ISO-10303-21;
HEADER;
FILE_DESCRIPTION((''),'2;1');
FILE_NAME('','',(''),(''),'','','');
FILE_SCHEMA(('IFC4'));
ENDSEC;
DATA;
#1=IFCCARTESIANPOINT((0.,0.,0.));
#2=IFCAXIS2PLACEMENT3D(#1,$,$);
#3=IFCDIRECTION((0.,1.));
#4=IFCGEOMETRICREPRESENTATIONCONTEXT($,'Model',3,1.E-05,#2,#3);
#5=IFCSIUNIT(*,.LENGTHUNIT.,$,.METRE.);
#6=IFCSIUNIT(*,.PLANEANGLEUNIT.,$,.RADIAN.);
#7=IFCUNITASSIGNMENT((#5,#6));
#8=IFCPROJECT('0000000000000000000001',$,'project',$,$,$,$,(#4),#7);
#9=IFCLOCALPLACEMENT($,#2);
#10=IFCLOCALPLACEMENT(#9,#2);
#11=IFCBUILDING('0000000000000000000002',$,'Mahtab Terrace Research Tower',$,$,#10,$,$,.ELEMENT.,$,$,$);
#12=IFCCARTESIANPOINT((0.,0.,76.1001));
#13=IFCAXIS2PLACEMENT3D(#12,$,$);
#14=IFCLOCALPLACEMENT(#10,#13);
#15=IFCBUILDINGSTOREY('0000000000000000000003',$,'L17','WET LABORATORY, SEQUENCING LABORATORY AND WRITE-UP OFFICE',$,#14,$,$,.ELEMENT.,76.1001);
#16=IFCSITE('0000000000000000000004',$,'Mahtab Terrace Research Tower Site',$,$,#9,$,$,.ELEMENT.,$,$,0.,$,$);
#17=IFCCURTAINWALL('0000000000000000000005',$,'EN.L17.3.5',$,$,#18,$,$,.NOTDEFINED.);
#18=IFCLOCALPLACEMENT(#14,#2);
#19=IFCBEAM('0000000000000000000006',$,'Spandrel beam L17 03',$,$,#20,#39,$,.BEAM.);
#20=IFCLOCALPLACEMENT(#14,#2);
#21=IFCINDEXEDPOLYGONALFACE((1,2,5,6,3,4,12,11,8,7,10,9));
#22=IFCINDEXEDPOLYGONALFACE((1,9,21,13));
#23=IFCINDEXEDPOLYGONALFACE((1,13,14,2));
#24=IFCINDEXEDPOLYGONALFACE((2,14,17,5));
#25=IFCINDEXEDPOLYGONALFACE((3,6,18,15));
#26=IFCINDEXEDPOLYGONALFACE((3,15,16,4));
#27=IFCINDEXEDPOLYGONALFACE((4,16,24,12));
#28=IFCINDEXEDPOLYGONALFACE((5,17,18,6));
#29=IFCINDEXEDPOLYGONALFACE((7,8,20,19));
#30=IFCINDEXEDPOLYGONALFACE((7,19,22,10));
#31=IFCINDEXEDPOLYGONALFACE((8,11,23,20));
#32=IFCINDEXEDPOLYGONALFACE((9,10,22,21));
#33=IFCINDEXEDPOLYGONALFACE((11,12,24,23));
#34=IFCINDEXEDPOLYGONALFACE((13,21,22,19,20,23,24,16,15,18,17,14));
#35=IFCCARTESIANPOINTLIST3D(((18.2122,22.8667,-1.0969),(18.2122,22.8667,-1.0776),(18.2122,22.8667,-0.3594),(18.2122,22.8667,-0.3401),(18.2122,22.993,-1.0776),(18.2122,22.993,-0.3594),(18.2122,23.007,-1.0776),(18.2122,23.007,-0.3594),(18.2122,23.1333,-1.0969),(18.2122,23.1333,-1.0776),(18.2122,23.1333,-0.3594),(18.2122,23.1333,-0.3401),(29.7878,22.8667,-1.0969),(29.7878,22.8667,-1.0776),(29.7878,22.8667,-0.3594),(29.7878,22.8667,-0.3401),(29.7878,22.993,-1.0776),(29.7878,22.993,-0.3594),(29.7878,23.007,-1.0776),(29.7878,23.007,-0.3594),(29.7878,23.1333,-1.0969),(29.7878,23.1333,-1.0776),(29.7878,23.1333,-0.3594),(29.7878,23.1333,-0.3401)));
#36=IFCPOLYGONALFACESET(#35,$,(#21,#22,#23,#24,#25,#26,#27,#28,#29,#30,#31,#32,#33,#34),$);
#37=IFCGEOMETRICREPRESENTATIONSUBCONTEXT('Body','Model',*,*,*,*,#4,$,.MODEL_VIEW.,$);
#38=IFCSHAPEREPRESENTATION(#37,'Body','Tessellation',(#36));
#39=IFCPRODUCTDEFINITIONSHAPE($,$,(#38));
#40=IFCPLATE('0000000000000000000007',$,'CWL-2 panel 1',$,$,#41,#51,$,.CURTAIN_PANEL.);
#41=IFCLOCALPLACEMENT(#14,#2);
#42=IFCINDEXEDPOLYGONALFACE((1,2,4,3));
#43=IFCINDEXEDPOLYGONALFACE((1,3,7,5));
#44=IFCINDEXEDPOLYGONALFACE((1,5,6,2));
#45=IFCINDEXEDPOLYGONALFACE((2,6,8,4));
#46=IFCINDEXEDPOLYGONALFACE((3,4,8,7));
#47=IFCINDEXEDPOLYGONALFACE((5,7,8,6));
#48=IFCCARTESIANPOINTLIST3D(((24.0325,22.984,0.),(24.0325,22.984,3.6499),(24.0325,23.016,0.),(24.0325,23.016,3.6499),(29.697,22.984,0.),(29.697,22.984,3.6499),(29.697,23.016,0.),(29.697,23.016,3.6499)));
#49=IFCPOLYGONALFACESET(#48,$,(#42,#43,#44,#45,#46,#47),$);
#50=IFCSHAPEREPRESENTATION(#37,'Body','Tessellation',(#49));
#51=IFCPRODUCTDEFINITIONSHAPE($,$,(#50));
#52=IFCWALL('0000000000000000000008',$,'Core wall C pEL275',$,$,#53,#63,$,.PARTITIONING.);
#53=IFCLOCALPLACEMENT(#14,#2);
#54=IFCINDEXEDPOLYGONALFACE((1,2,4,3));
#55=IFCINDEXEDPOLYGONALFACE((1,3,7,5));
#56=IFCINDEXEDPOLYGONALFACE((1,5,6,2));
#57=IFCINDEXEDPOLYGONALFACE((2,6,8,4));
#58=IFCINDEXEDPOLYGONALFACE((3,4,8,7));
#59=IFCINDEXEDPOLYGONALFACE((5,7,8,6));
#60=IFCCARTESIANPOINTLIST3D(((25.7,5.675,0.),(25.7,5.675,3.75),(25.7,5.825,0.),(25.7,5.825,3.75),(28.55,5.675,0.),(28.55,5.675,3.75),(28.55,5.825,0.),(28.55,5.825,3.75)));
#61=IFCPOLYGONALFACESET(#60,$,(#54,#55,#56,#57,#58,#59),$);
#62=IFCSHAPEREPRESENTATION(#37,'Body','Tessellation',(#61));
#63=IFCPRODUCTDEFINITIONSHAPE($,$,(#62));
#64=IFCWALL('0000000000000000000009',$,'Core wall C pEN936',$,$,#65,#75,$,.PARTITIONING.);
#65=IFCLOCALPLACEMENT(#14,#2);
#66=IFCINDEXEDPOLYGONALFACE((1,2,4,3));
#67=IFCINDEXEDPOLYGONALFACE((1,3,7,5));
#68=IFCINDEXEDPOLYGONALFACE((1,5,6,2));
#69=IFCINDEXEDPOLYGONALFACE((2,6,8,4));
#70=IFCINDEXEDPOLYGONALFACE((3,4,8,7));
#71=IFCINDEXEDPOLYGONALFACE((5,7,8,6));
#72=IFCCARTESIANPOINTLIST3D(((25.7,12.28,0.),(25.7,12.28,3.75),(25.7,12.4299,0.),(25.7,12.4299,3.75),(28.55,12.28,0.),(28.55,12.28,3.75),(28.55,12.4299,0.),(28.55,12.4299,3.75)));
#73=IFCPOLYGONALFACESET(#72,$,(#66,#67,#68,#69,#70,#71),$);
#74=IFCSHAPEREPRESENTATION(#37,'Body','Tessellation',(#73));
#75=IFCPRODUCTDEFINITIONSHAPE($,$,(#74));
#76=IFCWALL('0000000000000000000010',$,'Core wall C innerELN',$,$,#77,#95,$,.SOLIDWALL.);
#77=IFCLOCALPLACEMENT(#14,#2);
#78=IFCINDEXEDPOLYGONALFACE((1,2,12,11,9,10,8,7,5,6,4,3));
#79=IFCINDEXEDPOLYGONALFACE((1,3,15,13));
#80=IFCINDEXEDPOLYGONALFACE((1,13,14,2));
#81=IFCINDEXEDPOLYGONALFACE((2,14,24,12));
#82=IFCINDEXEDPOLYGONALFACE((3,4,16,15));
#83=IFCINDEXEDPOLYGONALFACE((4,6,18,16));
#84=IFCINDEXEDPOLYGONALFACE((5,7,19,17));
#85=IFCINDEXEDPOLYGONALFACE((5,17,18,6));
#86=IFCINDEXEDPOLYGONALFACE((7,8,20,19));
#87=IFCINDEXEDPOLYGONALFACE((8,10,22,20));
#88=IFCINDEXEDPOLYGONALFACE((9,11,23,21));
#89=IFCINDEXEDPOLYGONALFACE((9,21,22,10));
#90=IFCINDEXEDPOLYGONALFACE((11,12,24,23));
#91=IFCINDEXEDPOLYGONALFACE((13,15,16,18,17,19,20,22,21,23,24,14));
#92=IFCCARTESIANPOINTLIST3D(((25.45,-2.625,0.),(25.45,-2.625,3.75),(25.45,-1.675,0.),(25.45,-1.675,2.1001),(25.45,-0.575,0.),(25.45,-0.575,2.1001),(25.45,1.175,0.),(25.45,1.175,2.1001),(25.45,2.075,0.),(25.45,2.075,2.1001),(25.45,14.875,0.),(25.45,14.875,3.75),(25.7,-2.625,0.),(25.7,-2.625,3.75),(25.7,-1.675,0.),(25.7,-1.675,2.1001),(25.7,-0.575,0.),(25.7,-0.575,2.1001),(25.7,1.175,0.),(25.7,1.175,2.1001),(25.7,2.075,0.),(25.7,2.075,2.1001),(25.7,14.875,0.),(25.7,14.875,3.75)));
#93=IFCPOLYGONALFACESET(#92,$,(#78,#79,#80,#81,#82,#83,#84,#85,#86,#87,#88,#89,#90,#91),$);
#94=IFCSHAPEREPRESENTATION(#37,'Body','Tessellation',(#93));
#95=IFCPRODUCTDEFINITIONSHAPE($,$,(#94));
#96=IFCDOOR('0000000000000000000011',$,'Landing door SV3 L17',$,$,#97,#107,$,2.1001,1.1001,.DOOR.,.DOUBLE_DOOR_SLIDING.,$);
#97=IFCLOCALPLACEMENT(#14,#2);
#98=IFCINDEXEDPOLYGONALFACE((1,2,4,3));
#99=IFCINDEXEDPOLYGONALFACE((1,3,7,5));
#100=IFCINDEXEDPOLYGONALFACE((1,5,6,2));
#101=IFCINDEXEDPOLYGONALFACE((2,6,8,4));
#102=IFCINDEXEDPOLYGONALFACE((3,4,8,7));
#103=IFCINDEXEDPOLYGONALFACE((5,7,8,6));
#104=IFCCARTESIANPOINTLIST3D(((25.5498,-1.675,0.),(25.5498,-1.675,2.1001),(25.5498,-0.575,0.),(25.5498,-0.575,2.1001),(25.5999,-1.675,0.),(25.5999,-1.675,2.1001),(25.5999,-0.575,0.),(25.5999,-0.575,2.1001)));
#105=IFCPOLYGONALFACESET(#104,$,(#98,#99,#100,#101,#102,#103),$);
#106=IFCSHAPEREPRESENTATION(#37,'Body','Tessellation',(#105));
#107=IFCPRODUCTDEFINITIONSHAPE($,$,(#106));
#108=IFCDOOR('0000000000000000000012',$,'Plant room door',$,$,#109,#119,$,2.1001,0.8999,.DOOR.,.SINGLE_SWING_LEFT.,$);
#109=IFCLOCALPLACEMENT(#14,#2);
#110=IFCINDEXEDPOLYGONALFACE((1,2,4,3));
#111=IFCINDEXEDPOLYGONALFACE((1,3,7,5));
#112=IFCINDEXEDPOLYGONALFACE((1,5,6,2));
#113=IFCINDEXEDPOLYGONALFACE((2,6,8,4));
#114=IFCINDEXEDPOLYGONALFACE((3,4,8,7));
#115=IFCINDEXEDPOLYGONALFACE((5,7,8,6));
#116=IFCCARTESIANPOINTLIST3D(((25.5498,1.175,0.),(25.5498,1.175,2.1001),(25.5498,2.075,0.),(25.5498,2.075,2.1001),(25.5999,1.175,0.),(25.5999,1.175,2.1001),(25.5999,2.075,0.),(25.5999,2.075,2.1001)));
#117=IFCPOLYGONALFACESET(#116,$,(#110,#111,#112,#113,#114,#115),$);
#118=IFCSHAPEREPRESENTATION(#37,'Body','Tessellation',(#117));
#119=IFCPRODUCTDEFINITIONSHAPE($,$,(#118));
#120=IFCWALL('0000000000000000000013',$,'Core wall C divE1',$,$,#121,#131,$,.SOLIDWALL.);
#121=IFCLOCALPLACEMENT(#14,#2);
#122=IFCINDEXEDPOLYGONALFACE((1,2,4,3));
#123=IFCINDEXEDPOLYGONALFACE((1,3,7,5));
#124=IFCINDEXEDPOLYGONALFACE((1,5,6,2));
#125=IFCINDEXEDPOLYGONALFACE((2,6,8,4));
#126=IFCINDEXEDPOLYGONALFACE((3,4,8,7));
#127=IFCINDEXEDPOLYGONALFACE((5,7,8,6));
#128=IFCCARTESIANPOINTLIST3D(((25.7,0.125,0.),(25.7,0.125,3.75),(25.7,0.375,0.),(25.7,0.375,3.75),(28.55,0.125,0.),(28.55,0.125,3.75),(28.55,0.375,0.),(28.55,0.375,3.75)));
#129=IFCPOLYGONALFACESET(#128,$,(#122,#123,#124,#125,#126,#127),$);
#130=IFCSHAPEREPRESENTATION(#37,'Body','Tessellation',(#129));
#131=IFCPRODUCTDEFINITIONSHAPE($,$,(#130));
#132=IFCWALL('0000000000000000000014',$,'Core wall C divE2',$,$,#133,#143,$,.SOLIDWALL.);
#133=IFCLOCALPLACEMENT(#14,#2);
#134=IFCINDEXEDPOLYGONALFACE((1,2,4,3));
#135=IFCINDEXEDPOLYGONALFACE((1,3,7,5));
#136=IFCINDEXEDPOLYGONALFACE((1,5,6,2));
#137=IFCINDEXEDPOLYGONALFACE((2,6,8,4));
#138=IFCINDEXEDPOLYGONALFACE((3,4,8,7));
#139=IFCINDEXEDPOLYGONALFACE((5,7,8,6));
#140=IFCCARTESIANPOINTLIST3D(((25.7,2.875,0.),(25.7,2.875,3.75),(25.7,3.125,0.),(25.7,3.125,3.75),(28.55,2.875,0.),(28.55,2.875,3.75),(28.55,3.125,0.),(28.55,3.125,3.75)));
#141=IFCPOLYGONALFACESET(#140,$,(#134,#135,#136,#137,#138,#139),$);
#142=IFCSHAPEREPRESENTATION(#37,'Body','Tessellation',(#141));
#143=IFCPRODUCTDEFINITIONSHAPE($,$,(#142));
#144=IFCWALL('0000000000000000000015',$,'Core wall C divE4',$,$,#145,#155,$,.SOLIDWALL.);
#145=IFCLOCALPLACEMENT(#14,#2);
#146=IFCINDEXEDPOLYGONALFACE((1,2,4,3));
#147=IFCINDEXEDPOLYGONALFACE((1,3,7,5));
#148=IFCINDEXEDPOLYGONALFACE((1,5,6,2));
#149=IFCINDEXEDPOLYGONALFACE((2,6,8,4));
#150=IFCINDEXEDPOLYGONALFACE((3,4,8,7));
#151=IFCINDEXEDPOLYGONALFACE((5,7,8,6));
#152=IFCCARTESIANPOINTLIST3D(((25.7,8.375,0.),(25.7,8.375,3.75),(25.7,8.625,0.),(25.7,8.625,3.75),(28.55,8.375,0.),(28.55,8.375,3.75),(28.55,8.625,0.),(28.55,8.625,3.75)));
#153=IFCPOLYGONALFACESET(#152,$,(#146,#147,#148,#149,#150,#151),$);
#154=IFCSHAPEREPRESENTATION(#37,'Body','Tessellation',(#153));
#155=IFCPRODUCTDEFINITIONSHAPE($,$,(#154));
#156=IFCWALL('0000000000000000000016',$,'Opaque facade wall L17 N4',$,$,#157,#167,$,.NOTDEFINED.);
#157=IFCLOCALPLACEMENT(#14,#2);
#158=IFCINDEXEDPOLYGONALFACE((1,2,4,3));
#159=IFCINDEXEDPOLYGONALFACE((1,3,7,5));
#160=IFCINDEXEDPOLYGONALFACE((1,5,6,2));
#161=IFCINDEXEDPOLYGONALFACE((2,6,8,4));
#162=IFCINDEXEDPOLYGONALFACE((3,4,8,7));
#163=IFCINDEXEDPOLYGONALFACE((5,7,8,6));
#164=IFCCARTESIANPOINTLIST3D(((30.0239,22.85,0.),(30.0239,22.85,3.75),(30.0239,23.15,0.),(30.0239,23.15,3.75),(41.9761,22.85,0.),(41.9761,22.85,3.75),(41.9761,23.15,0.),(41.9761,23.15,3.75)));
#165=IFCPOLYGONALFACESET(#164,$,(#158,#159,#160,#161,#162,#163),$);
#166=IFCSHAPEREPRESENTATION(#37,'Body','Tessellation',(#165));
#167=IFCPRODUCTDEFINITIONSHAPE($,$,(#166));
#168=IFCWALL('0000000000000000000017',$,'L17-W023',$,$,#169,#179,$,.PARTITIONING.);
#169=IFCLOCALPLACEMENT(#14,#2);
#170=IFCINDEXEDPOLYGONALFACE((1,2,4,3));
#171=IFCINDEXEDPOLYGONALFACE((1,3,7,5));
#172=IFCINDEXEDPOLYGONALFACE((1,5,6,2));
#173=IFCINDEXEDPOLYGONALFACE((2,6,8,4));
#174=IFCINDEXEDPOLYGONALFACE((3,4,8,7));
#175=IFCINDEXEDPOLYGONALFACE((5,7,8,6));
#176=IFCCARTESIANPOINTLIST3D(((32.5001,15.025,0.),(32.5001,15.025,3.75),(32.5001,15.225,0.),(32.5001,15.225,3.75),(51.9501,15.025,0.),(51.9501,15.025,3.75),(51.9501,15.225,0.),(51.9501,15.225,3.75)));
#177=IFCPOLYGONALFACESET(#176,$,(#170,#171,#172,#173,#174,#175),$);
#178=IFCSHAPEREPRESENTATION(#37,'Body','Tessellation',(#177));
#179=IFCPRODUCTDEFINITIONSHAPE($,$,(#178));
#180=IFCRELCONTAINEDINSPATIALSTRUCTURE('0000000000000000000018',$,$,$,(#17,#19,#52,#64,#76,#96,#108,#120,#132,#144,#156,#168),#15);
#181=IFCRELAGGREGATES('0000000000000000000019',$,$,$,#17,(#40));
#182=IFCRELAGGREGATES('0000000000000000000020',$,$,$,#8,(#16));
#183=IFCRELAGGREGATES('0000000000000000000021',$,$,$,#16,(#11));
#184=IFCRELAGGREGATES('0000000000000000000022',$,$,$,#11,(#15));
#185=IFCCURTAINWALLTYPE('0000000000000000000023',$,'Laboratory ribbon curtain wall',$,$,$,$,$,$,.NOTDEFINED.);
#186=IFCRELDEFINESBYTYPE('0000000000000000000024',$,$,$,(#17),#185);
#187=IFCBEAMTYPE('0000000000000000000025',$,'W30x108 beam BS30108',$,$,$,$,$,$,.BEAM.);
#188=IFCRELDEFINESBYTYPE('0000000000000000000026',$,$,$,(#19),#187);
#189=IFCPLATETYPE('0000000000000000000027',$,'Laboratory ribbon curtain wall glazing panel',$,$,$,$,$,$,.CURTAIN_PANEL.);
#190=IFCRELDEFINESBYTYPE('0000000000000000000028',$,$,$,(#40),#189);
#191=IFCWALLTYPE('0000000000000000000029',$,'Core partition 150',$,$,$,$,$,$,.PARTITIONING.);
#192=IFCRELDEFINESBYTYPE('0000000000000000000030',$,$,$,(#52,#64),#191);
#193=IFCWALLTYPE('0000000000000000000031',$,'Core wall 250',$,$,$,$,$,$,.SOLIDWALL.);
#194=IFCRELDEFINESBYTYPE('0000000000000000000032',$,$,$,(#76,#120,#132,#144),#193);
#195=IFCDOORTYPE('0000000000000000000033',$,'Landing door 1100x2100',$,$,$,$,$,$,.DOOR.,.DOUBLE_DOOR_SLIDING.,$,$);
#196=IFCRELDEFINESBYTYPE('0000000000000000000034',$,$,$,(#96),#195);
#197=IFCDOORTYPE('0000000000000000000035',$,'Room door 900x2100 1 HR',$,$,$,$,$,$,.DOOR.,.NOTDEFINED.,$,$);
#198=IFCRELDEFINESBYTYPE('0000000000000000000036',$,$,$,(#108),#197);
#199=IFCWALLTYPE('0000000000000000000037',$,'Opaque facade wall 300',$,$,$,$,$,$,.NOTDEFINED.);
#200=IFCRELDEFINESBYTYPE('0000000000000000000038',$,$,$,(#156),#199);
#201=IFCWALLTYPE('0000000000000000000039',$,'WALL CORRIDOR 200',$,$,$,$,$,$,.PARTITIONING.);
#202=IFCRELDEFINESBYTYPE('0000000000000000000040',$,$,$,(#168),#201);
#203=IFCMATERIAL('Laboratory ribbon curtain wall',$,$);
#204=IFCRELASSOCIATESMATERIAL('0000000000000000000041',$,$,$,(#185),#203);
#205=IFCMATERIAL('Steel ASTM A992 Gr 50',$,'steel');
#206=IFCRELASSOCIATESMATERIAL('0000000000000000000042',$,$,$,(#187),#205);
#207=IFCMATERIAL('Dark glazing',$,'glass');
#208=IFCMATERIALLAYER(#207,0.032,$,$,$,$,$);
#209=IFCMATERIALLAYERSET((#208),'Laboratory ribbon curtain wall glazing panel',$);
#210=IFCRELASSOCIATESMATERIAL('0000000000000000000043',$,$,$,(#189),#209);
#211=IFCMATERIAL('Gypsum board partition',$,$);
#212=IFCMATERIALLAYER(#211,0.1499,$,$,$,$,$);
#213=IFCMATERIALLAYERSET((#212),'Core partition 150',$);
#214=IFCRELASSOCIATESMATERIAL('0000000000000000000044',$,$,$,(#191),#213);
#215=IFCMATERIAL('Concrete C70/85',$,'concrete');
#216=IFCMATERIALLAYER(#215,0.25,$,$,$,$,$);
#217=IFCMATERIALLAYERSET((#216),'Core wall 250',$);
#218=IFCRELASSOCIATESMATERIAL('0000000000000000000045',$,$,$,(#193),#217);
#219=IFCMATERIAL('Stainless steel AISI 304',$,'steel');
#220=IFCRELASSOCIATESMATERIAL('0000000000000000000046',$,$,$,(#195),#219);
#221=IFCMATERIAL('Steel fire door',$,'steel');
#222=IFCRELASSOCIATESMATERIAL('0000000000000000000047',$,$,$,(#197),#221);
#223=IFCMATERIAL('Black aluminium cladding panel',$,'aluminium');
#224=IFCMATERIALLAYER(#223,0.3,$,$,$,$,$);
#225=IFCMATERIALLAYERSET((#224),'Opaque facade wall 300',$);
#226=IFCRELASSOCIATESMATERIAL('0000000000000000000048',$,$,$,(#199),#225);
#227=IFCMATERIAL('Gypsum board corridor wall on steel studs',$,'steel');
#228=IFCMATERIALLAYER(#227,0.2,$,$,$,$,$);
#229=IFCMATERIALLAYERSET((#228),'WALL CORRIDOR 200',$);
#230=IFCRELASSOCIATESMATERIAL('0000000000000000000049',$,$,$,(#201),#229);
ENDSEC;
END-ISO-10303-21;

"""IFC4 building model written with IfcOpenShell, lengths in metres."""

from ifc_helpers import new_model, si_unit, direction, frame, frame_2d, origin, origin_2d, place, context, subcontext, project, spatial, rectangle, i_section, extrude, material, layer, layer_set, material_profile, profile_set, type_object, element, fill, aggregate, save


model = new_model("IFC4")

# Units and contexts
model_context = context("Model", 3, precision=1e-05, world=origin(), true_north=direction((0.0, 1.0)))
body_context = subcontext(model_context, "Body", "Model", "MODEL_VIEW")
ifc_project = project(units=[si_unit("LENGTHUNIT", "METRE"), si_unit("PLANEANGLEUNIT", "RADIAN")], contexts=[model_context])

# Site, building, storey
site_placement = place(None, origin())
site = spatial("IfcSite", under=ifc_project, at=site_placement, Name="Mahtab Terrace Research Tower Site", CompositionType="ELEMENT", RefElevation=0.0)
building_placement = place(site_placement, origin())
building = spatial("IfcBuilding", under=site, at=building_placement, Name="Mahtab Terrace Research Tower", CompositionType="ELEMENT")
storey_placement = place(building_placement, frame((0.0, 0.0, 76.1001)))
storey = spatial("IfcBuildingStorey", under=building, at=storey_placement, Name="L17", Description="WET LABORATORY, SEQUENCING LABORATORY AND WRITE-UP OFFICE", CompositionType="ELEMENT", Elevation=76.1001)

# Shared definitions
ifc_material_1 = material(Name="Concrete C70/85", Category="concrete")
ifc_material_2 = material(Name="Steel ASTM A992 Gr 50", Category="steel")

# Curtain wall
ifc_material_3 = material(Name="Laboratory ribbon curtain wall")
curtain_wall_type = type_object("IfcCurtainWallType", Name="Laboratory ribbon curtain wall", PredefinedType="NOTDEFINED", material=ifc_material_3)
curtain_wall_placement = place(storey_placement, origin())
curtain_wall = element("IfcCurtainWall", 1, at=curtain_wall_placement, inside=storey, type_object=curtain_wall_type, Name="EN.L17.3.5", PredefinedType="NOTDEFINED")

# Beam
ifc_material_profile_1 = material_profile(ifc_material_2, i_section(OverallWidth=0.2666, OverallDepth=0.7568, WebThickness=0.0139, FlangeThickness=0.0193, at=origin_2d()), Name="W30X108")
ifc_profile_set_1 = profile_set([ifc_material_profile_1], Name="Steel ASTM A992 Gr 50")
beam_type = type_object("IfcBeamType", Name="W30x108 beam BS30108", PredefinedType="BEAM", material=ifc_profile_set_1)
for number, where, z_axis, x_axis, name in (
    (2, (29.7878, 23.0, -0.7185), (-1.0, 0.0, 0.0), (0.0, -1.0, 0.0), "Spandrel beam L17 03"),
):
    element("IfcBeam", number, at=place(storey_placement, frame(where, z_axis=z_axis, x_axis=x_axis)), inside=storey, type_object=beam_type, Name=name, PredefinedType="BEAM", context=body_context, shape_type="SweptSolid", body=[
        extrude(i_section(OverallWidth=0.2666, OverallDepth=0.7568, WebThickness=0.0139, FlangeThickness=0.0193, at=origin_2d()), origin(), (0.0, 0.0, 1.0), 11.5757),
    ])

# Plate
ifc_material_4 = material(Name="Dark glazing", Category="glass")
ifc_layer_1 = layer(ifc_material_4, 0.032)
ifc_layer_set_1 = layer_set([ifc_layer_1], Name="Laboratory ribbon curtain wall glazing panel")
plate_type = type_object("IfcPlateType", Name="Laboratory ribbon curtain wall glazing panel", PredefinedType="CURTAIN_PANEL", material=ifc_layer_set_1)
plate_placement = place(storey_placement, frame((26.8647, 23.0, 0.0), z_axis=(0.0, 0.0, 1.0), x_axis=(-1.0, 0.0, 0.0)))
plate = element("IfcPlate", 3, at=plate_placement, type_object=plate_type, Name="CWL-2 panel 1", PredefinedType="CURTAIN_PANEL", context=body_context, shape_type="SweptSolid", body=[
    extrude(rectangle(XDim=5.6646, YDim=0.032, at=origin_2d()), origin(), (0.0, 0.0, 1.0), 3.6499),
])
aggregate(curtain_wall, [plate])

# Walls
ifc_material_5 = material(Name="Gypsum board partition")
ifc_layer_2 = layer(ifc_material_5, 0.1499)
ifc_layer_set_2 = layer_set([ifc_layer_2], Name="Core partition 150")
wall_type_1 = type_object("IfcWallType", Name="Core partition 150", PredefinedType="PARTITIONING", material=ifc_layer_set_2)
for number, where, z_axis, x_axis, name in (
    (4, (25.7, 5.75, 0.0), (0.0, 0.0, 1.0), (1.0, 0.0, 0.0), "Core wall C pEL275"),
    (5, (25.7, 12.355, 0.0), (0.0, 0.0, 1.0), (1.0, 0.0, 0.0), "Core wall C pEN936"),
):
    element("IfcWall", number, at=place(storey_placement, frame(where, z_axis=z_axis, x_axis=x_axis)), inside=storey, type_object=wall_type_1, Name=name, PredefinedType="PARTITIONING", context=body_context, shape_type="SweptSolid", body=[
        extrude(rectangle(XDim=2.8501, YDim=0.1499, at=frame_2d((1.425, 0.0))), origin(), (0.0, 0.0, 1.0), 3.75),
    ])

# Wall, openings, doors
ifc_layer_3 = layer(ifc_material_1, 0.25)
ifc_layer_set_3 = layer_set([ifc_layer_3], Name="Core wall 250")
wall_type_2 = type_object("IfcWallType", Name="Core wall 250", PredefinedType="SOLIDWALL", material=ifc_layer_set_3)
wall_1_placement = place(storey_placement, frame((25.575, 14.875, 0.0), z_axis=(0.0, 0.0, 1.0), x_axis=(0.0, -1.0, 0.0)))
wall_1 = element("IfcWall", 6, at=wall_1_placement, inside=storey, type_object=wall_type_2, Name="Core wall C innerELN", PredefinedType="SOLIDWALL", context=body_context, shape_type="SweptSolid", body=[
    extrude(rectangle(XDim=17.5, YDim=0.25, at=frame_2d((8.75, 0.0))), origin(), (0.0, 0.0, 1.0), 3.75),
])
opening_1_placement = place(wall_1_placement, frame((15.45, 0.0, 0.0)))
opening_1 = element("IfcOpeningElement", 7, at=opening_1_placement, cuts=wall_1, PredefinedType="OPENING", context=body_context, shape_type="SweptSolid", body=[
    extrude(rectangle(XDim=1.1001, YDim=2.1001, at=frame_2d((0.55, 1.05))), frame((0.0, 0.135, 0.0), z_axis=(0.0, -1.0, 0.0), x_axis=(1.0, 0.0, 0.0)), (0.0, 0.0, 1.0), 0.27),
])
opening_2_placement = place(wall_1_placement, frame((12.8, 0.0, 0.0)))
opening_2 = element("IfcOpeningElement", 8, at=opening_2_placement, cuts=wall_1, PredefinedType="OPENING", context=body_context, shape_type="SweptSolid", body=[
    extrude(rectangle(XDim=0.8999, YDim=2.1001, at=frame_2d((0.45, 1.05))), frame((0.0, 0.135, 0.0), z_axis=(0.0, -1.0, 0.0), x_axis=(1.0, 0.0, 0.0)), (0.0, 0.0, 1.0), 0.27),
])
ifc_material_6 = material(Name="Stainless steel AISI 304", Category="steel")
door_type_1 = type_object("IfcDoorType", Name="Landing door 1100x2100", OperationType="DOUBLE_DOOR_SLIDING", PredefinedType="DOOR", material=ifc_material_6)
door_1_placement = place(opening_1_placement, origin())
door_1 = element("IfcDoor", 9, at=door_1_placement, inside=storey, type_object=door_type_1, Name="Landing door SV3 L17", OperationType="DOUBLE_DOOR_SLIDING", OverallHeight=2.1001, OverallWidth=1.1001, PredefinedType="DOOR", context=body_context, shape_type="SweptSolid", body=[
    extrude(rectangle(XDim=1.1001, YDim=2.1001, at=frame_2d((0.55, 1.05))), frame((0.0, 0.0249, 0.0), z_axis=(0.0, -1.0, 0.0), x_axis=(1.0, 0.0, 0.0)), (0.0, 0.0, 1.0), 0.05),
])
fill(opening_1, door_1)
ifc_material_7 = material(Name="Steel fire door", Category="steel")
door_type_2 = type_object("IfcDoorType", Name="Room door 900x2100 1 HR", OperationType="NOTDEFINED", PredefinedType="DOOR", material=ifc_material_7)
door_2_placement = place(opening_2_placement, origin())
door_2 = element("IfcDoor", 10, at=door_2_placement, inside=storey, type_object=door_type_2, Name="Plant room door", OperationType="SINGLE_SWING_LEFT", OverallHeight=2.1001, OverallWidth=0.8999, PredefinedType="DOOR", context=body_context, shape_type="SweptSolid", body=[
    extrude(rectangle(XDim=0.8999, YDim=2.1001, at=frame_2d((0.45, 1.05))), frame((0.0, 0.0249, 0.0), z_axis=(0.0, -1.0, 0.0), x_axis=(1.0, 0.0, 0.0)), (0.0, 0.0, 1.0), 0.05),
])
fill(opening_2, door_2)

# Walls
for number, where, z_axis, x_axis, name in (
    (11, (25.7, 0.25, 0.0), (0.0, 0.0, 1.0), (1.0, 0.0, 0.0), "Core wall C divE1"),
    (12, (25.7, 3.0, 0.0), (0.0, 0.0, 1.0), (1.0, 0.0, 0.0), "Core wall C divE2"),
    (13, (25.7, 8.5, 0.0), (0.0, 0.0, 1.0), (1.0, 0.0, 0.0), "Core wall C divE4"),
):
    element("IfcWall", number, at=place(storey_placement, frame(where, z_axis=z_axis, x_axis=x_axis)), inside=storey, type_object=wall_type_2, Name=name, PredefinedType="SOLIDWALL", context=body_context, shape_type="SweptSolid", body=[
        extrude(rectangle(XDim=2.8501, YDim=0.25, at=frame_2d((1.425, 0.0))), origin(), (0.0, 0.0, 1.0), 3.75),
    ])
ifc_material_8 = material(Name="Black aluminium cladding panel", Category="aluminium")
ifc_layer_4 = layer(ifc_material_8, 0.3)
ifc_layer_set_4 = layer_set([ifc_layer_4], Name="Opaque facade wall 300")
wall_type_3 = type_object("IfcWallType", Name="Opaque facade wall 300", PredefinedType="NOTDEFINED", material=ifc_layer_set_4)
wall_2_placement = place(storey_placement, frame((41.9761, 23.0, 0.0), z_axis=(0.0, 0.0, 1.0), x_axis=(-1.0, 0.0, 0.0)))
element("IfcWall", 14, at=wall_2_placement, inside=storey, type_object=wall_type_3, Name="Opaque facade wall L17 N4", PredefinedType="NOTDEFINED", context=body_context, shape_type="SweptSolid", body=[
    extrude(rectangle(XDim=11.9521, YDim=0.3, at=frame_2d((5.9761, 0.0))), origin(), (0.0, 0.0, 1.0), 3.75),
])
ifc_material_9 = material(Name="Gypsum board corridor wall on steel studs", Category="steel")
ifc_layer_5 = layer(ifc_material_9, 0.2)
ifc_layer_set_5 = layer_set([ifc_layer_5], Name="WALL CORRIDOR 200")
wall_type_4 = type_object("IfcWallType", Name="WALL CORRIDOR 200", PredefinedType="PARTITIONING", material=ifc_layer_set_5)
wall_3_placement = place(storey_placement, frame((32.5, 15.125, 0.0), z_axis=(0.0, 0.0, 1.0), x_axis=(1.0, 0.0, 0.0)))
element("IfcWall", 15, at=wall_3_placement, inside=storey, type_object=wall_type_4, Name="L17-W023", PredefinedType="PARTITIONING", context=body_context, shape_type="SweptSolid", body=[
    extrude(rectangle(XDim=19.45, YDim=0.2, at=frame_2d((9.7251, 0.0))), origin(), (0.0, 0.0, 1.0), 3.75),
])

save(model, "model.ifc")
